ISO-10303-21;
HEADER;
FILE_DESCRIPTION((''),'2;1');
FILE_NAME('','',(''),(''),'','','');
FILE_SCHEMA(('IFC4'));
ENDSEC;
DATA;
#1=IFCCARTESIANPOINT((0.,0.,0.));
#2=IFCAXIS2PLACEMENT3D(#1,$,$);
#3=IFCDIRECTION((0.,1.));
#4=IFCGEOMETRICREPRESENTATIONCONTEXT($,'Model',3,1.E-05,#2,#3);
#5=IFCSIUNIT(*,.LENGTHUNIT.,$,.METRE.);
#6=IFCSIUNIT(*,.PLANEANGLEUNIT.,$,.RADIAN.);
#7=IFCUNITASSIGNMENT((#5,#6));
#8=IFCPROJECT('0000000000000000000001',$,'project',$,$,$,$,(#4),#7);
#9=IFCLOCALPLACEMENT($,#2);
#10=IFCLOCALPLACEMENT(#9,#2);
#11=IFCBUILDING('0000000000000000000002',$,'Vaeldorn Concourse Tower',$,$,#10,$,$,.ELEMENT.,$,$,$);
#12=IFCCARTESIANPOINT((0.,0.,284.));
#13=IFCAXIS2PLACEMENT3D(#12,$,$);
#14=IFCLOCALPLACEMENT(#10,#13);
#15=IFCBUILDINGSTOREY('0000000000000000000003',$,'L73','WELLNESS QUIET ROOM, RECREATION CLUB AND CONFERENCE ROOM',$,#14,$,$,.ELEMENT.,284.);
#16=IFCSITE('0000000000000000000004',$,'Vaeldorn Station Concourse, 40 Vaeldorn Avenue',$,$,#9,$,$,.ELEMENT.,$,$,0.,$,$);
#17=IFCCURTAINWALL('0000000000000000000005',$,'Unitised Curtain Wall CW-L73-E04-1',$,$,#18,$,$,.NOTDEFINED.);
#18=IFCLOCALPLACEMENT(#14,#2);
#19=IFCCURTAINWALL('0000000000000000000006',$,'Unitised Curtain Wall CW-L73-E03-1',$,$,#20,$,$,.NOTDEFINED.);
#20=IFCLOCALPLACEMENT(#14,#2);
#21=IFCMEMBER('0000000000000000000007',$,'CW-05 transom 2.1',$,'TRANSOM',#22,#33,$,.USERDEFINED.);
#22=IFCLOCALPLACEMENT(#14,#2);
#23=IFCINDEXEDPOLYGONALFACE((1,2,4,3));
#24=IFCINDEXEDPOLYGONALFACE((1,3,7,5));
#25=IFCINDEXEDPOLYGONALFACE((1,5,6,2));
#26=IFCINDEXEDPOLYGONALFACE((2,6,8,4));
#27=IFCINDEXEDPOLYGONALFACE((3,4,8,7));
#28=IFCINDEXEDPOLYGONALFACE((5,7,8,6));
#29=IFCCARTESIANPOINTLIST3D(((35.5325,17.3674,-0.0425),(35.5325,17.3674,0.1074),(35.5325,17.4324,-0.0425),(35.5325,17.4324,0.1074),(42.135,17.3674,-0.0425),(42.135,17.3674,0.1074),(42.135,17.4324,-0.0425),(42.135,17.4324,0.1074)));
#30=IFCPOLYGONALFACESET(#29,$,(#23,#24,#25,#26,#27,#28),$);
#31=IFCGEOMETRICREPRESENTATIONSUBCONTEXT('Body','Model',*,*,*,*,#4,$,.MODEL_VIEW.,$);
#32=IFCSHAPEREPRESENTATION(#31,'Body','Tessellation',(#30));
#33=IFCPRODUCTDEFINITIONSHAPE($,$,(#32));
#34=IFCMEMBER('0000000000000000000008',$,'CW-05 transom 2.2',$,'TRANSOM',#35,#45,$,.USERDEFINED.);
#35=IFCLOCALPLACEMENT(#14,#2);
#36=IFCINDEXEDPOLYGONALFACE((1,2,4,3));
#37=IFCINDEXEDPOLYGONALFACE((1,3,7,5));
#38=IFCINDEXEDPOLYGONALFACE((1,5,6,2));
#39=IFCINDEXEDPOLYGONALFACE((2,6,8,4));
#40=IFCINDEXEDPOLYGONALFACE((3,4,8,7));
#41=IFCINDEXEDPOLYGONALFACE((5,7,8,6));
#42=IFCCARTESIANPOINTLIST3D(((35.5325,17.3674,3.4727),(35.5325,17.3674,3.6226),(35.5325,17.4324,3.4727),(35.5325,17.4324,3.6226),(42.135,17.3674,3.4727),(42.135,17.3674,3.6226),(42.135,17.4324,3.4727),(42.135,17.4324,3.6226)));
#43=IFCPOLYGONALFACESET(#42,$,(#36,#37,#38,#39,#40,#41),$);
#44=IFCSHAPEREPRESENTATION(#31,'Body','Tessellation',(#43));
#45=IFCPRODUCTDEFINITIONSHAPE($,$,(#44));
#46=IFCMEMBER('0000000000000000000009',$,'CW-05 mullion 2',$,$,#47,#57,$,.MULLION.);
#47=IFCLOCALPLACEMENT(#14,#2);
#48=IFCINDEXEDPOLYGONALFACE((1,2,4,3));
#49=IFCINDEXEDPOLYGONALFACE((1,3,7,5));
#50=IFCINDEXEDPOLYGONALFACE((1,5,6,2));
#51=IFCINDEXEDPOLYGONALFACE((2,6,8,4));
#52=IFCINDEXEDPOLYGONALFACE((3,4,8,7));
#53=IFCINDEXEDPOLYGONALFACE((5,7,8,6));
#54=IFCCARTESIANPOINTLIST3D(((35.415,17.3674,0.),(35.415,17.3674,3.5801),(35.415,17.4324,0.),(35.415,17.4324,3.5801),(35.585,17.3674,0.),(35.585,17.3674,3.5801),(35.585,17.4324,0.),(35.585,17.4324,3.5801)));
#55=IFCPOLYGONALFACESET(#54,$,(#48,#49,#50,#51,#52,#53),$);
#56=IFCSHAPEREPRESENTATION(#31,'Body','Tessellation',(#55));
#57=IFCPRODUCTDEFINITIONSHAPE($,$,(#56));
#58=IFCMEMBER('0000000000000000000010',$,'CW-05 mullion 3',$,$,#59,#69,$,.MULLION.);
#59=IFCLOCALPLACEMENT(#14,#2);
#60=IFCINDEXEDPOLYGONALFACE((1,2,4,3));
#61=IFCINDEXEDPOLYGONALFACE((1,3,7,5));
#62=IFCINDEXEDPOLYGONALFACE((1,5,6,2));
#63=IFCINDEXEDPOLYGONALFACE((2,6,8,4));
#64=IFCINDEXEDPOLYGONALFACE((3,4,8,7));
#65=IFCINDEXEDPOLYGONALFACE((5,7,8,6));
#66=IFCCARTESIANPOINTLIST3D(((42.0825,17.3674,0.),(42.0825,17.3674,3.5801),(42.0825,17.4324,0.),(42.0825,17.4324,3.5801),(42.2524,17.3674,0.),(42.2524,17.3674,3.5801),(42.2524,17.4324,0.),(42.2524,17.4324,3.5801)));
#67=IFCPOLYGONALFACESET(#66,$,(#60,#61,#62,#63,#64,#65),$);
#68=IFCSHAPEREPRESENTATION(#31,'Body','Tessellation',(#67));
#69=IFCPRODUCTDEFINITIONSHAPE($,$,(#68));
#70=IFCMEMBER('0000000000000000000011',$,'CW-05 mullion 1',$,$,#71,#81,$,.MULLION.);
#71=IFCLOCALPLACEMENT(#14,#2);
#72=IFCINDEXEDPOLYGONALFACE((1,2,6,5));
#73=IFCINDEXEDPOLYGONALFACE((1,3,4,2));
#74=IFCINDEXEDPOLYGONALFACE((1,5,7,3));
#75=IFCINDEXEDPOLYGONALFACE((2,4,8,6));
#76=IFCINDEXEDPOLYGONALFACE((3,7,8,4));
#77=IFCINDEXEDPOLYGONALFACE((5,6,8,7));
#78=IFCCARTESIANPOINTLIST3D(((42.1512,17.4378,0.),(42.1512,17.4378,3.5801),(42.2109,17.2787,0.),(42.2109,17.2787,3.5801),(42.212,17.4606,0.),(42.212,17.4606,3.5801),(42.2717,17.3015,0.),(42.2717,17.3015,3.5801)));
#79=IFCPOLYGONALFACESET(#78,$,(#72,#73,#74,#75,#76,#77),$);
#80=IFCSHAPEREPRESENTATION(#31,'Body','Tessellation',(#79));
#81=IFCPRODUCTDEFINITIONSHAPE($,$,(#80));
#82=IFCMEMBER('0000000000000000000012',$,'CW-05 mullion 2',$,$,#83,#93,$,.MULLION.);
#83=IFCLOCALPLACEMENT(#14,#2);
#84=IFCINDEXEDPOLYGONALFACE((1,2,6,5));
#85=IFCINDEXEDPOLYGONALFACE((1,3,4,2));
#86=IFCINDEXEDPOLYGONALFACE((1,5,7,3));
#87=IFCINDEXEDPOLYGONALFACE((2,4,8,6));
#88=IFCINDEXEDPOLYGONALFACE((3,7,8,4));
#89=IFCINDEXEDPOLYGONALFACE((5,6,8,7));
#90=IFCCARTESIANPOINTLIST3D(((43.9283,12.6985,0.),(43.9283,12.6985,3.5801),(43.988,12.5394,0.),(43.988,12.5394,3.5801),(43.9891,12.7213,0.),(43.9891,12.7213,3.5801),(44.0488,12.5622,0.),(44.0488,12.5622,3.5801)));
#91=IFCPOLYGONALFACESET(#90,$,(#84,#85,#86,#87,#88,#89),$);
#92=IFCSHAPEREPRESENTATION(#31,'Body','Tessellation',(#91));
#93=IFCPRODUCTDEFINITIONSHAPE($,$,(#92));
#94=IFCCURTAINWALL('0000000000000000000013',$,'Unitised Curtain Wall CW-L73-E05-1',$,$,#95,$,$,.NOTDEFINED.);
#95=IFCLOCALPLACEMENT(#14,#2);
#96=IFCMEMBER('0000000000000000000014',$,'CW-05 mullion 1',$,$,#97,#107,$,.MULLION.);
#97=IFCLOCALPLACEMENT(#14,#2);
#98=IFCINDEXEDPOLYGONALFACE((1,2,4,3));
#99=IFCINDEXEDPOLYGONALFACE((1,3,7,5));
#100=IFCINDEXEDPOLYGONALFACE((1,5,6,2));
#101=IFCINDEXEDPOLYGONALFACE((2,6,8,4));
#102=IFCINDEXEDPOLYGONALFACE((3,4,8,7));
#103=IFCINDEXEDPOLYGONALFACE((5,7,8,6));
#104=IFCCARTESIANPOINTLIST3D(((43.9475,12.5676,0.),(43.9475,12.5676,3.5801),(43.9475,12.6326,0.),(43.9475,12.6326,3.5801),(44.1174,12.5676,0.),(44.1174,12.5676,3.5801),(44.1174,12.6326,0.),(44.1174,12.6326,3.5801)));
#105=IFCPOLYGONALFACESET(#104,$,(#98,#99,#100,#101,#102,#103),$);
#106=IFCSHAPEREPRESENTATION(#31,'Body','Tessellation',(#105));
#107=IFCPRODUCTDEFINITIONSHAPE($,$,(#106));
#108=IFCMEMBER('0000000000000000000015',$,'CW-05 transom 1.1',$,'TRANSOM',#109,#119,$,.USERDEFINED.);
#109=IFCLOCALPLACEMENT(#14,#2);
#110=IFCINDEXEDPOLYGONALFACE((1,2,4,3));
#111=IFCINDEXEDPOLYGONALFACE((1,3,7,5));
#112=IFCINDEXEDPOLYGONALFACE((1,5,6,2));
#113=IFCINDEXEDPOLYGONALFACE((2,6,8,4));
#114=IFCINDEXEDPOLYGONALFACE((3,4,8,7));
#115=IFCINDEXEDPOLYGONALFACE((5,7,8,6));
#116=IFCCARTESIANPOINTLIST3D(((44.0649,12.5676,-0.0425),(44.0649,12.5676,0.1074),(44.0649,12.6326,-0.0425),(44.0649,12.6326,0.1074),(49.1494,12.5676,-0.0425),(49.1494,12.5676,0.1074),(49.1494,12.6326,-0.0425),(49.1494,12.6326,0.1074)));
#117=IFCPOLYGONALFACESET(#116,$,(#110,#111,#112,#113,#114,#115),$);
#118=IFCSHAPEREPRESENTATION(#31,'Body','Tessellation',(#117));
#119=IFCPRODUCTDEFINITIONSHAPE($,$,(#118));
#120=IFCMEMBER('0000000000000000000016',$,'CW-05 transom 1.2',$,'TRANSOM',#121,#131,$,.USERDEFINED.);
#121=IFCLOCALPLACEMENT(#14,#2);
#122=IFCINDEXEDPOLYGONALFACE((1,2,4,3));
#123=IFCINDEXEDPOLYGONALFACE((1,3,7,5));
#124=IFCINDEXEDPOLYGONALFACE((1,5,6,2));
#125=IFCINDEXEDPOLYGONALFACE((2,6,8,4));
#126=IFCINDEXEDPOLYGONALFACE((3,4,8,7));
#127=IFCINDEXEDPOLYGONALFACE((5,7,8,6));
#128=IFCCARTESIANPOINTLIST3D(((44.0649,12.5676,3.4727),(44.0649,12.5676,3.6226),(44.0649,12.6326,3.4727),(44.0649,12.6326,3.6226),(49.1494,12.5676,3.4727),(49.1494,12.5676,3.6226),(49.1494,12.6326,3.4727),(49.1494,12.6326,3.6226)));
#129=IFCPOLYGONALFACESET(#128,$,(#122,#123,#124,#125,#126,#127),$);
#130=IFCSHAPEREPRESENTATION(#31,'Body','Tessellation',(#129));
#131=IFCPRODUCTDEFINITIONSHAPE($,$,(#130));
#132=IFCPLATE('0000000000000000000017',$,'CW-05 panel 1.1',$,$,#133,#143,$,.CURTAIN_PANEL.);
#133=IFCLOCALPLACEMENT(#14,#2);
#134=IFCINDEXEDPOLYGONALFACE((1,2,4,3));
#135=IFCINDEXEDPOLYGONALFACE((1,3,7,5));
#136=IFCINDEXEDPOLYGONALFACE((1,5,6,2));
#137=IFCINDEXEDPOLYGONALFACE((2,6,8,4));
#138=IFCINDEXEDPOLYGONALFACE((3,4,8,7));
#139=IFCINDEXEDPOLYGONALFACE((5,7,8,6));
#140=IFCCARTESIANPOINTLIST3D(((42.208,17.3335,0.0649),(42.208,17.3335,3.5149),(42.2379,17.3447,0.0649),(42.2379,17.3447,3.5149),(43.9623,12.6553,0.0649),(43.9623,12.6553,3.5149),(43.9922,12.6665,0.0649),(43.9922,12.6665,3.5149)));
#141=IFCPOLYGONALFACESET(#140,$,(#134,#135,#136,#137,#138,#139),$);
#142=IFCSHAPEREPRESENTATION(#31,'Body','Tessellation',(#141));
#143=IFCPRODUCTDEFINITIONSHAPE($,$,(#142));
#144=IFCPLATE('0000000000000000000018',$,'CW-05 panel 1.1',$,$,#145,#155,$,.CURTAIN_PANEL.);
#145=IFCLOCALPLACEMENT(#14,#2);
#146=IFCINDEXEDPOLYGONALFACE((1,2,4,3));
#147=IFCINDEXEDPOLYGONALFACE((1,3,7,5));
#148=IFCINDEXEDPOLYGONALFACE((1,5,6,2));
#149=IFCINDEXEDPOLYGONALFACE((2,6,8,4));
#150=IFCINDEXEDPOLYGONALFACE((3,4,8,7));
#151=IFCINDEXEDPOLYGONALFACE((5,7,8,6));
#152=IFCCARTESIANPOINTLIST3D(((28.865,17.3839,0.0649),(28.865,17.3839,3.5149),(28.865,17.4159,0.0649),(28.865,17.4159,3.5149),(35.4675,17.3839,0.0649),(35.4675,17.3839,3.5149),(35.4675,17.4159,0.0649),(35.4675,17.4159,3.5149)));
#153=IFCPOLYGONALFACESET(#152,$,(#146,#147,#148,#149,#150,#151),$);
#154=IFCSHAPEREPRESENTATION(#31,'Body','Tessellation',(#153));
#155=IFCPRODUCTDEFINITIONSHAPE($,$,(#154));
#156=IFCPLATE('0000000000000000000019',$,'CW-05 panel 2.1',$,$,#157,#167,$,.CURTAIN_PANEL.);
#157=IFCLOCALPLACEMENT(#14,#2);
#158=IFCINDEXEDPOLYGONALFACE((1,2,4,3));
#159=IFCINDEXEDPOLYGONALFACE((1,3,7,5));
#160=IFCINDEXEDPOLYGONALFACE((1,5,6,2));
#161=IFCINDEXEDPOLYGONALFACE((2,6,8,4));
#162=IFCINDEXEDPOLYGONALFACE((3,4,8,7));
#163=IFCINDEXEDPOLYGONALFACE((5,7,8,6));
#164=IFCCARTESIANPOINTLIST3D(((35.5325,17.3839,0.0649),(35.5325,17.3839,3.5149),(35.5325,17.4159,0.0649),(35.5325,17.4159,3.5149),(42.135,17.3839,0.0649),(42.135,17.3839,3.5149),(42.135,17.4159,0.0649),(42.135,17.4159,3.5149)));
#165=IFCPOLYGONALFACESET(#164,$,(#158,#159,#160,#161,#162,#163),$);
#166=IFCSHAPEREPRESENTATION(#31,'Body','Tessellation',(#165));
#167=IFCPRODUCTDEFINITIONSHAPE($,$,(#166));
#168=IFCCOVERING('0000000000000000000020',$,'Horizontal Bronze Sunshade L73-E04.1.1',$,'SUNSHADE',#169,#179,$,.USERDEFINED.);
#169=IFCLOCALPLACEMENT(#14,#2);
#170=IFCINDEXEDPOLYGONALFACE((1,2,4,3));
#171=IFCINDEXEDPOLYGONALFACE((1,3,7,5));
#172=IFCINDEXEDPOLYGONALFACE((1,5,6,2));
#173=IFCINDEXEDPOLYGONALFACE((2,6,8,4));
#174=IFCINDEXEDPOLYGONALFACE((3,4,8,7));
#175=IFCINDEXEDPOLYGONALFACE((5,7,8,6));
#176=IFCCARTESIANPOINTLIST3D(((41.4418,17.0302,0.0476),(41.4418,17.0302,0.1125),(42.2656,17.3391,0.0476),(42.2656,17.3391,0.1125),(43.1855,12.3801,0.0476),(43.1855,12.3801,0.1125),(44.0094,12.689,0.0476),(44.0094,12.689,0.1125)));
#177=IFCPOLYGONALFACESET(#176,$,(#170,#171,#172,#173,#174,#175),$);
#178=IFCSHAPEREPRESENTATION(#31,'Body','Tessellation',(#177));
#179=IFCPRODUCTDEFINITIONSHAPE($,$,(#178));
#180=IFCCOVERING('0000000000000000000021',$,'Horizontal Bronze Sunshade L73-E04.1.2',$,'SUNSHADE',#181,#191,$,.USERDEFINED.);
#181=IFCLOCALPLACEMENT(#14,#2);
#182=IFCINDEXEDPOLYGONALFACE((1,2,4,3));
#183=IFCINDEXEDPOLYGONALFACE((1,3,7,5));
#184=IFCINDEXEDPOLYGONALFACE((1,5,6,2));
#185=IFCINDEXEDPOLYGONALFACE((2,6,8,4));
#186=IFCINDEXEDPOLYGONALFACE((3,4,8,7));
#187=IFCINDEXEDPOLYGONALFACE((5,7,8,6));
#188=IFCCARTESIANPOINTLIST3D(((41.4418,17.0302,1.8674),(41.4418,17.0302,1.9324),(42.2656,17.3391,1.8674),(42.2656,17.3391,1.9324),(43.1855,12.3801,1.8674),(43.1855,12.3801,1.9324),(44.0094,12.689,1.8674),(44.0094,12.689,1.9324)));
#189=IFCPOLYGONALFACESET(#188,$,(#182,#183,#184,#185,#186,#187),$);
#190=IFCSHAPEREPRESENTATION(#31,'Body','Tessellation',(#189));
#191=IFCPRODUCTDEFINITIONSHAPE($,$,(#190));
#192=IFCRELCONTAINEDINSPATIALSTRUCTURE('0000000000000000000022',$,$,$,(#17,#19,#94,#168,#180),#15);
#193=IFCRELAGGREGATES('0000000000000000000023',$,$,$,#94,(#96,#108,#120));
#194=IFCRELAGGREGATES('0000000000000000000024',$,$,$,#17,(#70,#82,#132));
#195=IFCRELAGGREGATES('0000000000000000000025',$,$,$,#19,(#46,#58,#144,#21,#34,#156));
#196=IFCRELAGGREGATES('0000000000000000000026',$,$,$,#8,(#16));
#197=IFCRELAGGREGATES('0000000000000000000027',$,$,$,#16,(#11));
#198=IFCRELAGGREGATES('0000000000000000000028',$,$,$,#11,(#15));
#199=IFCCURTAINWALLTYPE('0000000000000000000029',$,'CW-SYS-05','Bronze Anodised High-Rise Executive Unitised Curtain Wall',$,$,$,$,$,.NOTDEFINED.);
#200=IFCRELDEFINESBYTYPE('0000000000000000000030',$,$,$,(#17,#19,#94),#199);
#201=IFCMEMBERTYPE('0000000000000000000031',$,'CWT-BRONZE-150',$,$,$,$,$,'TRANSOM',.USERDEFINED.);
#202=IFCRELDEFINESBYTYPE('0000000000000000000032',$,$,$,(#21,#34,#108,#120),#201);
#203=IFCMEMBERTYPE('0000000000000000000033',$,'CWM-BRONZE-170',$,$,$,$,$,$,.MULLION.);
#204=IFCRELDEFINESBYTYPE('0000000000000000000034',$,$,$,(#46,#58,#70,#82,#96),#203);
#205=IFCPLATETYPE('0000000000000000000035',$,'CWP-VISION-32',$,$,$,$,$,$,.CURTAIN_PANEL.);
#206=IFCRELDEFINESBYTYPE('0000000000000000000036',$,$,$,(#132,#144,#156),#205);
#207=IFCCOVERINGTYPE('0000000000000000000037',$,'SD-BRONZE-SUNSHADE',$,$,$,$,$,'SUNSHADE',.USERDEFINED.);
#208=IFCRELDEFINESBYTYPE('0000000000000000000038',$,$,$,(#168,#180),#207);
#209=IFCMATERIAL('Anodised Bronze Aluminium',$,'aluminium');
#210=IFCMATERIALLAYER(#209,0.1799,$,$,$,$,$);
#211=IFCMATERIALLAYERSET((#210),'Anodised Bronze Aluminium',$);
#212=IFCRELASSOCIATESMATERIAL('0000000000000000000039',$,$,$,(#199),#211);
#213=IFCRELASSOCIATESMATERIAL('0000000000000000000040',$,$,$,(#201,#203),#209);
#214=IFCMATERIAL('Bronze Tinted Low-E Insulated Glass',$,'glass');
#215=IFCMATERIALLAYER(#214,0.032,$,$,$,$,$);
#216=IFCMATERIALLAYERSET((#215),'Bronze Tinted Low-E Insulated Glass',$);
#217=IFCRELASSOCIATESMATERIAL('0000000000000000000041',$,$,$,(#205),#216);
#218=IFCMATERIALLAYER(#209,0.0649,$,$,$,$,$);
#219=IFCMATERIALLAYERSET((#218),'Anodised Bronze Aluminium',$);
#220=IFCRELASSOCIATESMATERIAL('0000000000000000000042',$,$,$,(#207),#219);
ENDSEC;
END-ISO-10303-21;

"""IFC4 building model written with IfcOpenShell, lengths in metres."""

from ifc_helpers import new_model, si_unit, direction, frame, origin, origin_2d, place, context, subcontext, project, spatial, rectangle, extrude, source, transform, mapped, material, layer, layer_set, material_profile, profile_set, type_object, element, aggregate, save


model = new_model("IFC4")

# Units and contexts
model_context = context("Model", 3, precision=1e-05, world=origin(), true_north=direction((0.0, 1.0)))
body_context = subcontext(model_context, "Body", "Model", "MODEL_VIEW")
ifc_project = project(units=[si_unit("LENGTHUNIT", "METRE"), si_unit("PLANEANGLEUNIT", "RADIAN")], contexts=[model_context])

# Site, building, storey
site_placement = place(None, origin())
site = spatial("IfcSite", under=ifc_project, at=site_placement, Name="Vaeldorn Station Concourse, 40 Vaeldorn Avenue", CompositionType="ELEMENT", RefElevation=0.0)
building_placement = place(site_placement, origin())
building = spatial("IfcBuilding", under=site, at=building_placement, Name="Vaeldorn Concourse Tower", CompositionType="ELEMENT")
storey_placement = place(building_placement, frame((0.0, 0.0, 284.0)))
storey = spatial("IfcBuildingStorey", under=building, at=storey_placement, Name="L73", Description="WELLNESS QUIET ROOM, RECREATION CLUB AND CONFERENCE ROOM", CompositionType="ELEMENT", Elevation=284.0)

# Curtain walls, members
ifc_material_1 = material(Name="Anodised Bronze Aluminium", Category="aluminium")
ifc_layer_1 = layer(ifc_material_1, 0.1799)
ifc_layer_set_1 = layer_set([ifc_layer_1], Name="Anodised Bronze Aluminium")
curtain_wall_type = type_object("IfcCurtainWallType", Name="CW-SYS-05", Description="Bronze Anodised High-Rise Executive Unitised Curtain Wall", PredefinedType="NOTDEFINED", material=ifc_layer_set_1)
curtain_wall_1_placement = place(storey_placement, origin())
curtain_wall_1 = element("IfcCurtainWall", 1, at=curtain_wall_1_placement, inside=storey, type_object=curtain_wall_type, Name="Unitised Curtain Wall CW-L73-E04-1", PredefinedType="NOTDEFINED")
ifc_material_profile_1 = material_profile(ifc_material_1, rectangle(XDim=0.0649, YDim=0.1499, at=origin_2d()), Name="CWT 65x150")
ifc_profile_set_1 = profile_set([ifc_material_profile_1], Name="Anodised Bronze Aluminium")
member_type_1 = type_object("IfcMemberType", Name="CWT-BRONZE-150", ElementType="TRANSOM", PredefinedType="USERDEFINED", material=ifc_profile_set_1)
curtain_wall_2_placement = place(storey_placement, origin())
curtain_wall_2 = element("IfcCurtainWall", 2, at=curtain_wall_2_placement, inside=storey, type_object=curtain_wall_type, Name="Unitised Curtain Wall CW-L73-E03-1", PredefinedType="NOTDEFINED")
shared_shape_1 = source(origin(), body_context, "Body", "SweptSolid", [
    extrude(rectangle(XDim=0.0649, YDim=0.1499, at=origin_2d()), origin(), (0.0, 0.0, 1.0), 6.6025),
])
member_1_placement = place(storey_placement, frame((35.5325, 17.3999, 0.0325), z_axis=(1.0, 0.0, 0.0), x_axis=(0.0, 1.0, 0.0)))
member_1 = element("IfcMember", 3, at=member_1_placement, type_object=member_type_1, Name="CW-05 transom 2.1", ObjectType="TRANSOM", PredefinedType="USERDEFINED", context=body_context, shape_type="MappedRepresentation", body=[
    mapped(shared_shape_1, transform((0.0, 0.0, 0.0), scale=1.0)),
])
member_2_placement = place(storey_placement, frame((35.5325, 17.3999, 3.5476), z_axis=(1.0, 0.0, 0.0), x_axis=(0.0, 1.0, 0.0)))
member_2 = element("IfcMember", 4, at=member_2_placement, type_object=member_type_1, Name="CW-05 transom 2.2", ObjectType="TRANSOM", PredefinedType="USERDEFINED", context=body_context, shape_type="MappedRepresentation", body=[
    mapped(shared_shape_1, transform((0.0, 0.0, 0.0), scale=1.0)),
])
ifc_material_profile_2 = material_profile(ifc_material_1, rectangle(XDim=0.0649, YDim=0.1699, at=origin_2d()), Name="CWM 65x170")
ifc_profile_set_2 = profile_set([ifc_material_profile_2], Name="Anodised Bronze Aluminium")
member_type_2 = type_object("IfcMemberType", Name="CWM-BRONZE-170", PredefinedType="MULLION", material=ifc_profile_set_2)
shared_shape_2 = source(origin(), body_context, "Body", "SweptSolid", [
    extrude(rectangle(XDim=0.0649, YDim=0.1699, at=origin_2d()), origin(), (0.0, 0.0, 1.0), 3.5801),
])
member_3_placement = place(storey_placement, frame((35.5, 17.3999, 0.0), z_axis=(0.0, 0.0, 1.0), x_axis=(0.0, 1.0, 0.0)))
member_3 = element("IfcMember", 5, at=member_3_placement, type_object=member_type_2, Name="CW-05 mullion 2", PredefinedType="MULLION", context=body_context, shape_type="MappedRepresentation", body=[
    mapped(shared_shape_2, transform((0.0, 0.0, 0.0), scale=1.0)),
])
member_4_placement = place(storey_placement, frame((42.1675, 17.3999, 0.0), z_axis=(0.0, 0.0, 1.0), x_axis=(0.0, 1.0, 0.0)))
member_4 = element("IfcMember", 6, at=member_4_placement, type_object=member_type_2, Name="CW-05 mullion 3", PredefinedType="MULLION", context=body_context, shape_type="MappedRepresentation", body=[
    mapped(shared_shape_2, transform((0.0, 0.0, 0.0), scale=1.0)),
])

# Members
member_5_placement = place(storey_placement, frame((42.2114, 17.3696, 0.0), z_axis=(0.0, 0.0, 1.0), x_axis=(0.936329, 0.351123, 0.0)))
member_5 = element("IfcMember", 7, at=member_5_placement, type_object=member_type_2, Name="CW-05 mullion 1", PredefinedType="MULLION", context=body_context, shape_type="MappedRepresentation", body=[
    mapped(shared_shape_2, transform((0.0, 0.0, 0.0), scale=1.0)),
])
member_6_placement = place(storey_placement, frame((43.9885, 12.6304, 0.0), z_axis=(0.0, 0.0, 1.0), x_axis=(0.936329, 0.351123, 0.0)))
member_6 = element("IfcMember", 8, at=member_6_placement, type_object=member_type_2, Name="CW-05 mullion 2", PredefinedType="MULLION", context=body_context, shape_type="MappedRepresentation", body=[
    mapped(shared_shape_2, transform((0.0, 0.0, 0.0), scale=1.0)),
])

# Curtain wall, members
curtain_wall_3_placement = place(storey_placement, origin())
curtain_wall_3 = element("IfcCurtainWall", 9, at=curtain_wall_3_placement, inside=storey, type_object=curtain_wall_type, Name="Unitised Curtain Wall CW-L73-E05-1", PredefinedType="NOTDEFINED")
member_7_placement = place(storey_placement, frame((44.0325, 12.6001, 0.0), z_axis=(0.0, 0.0, 1.0), x_axis=(0.0, 1.0, 0.0)))
member_7 = element("IfcMember", 10, at=member_7_placement, type_object=member_type_2, Name="CW-05 mullion 1", PredefinedType="MULLION", context=body_context, shape_type="MappedRepresentation", body=[
    mapped(shared_shape_2, transform((0.0, 0.0, 0.0), scale=1.0)),
])
shared_shape_3 = source(origin(), body_context, "Body", "SweptSolid", [
    extrude(rectangle(XDim=0.0649, YDim=0.1499, at=origin_2d()), origin(), (0.0, 0.0, 1.0), 5.0845),
])
member_8_placement = place(storey_placement, frame((44.0649, 12.6001, 0.0325), z_axis=(1.0, 0.0, 0.0), x_axis=(0.0, 1.0, 0.0)))
member_8 = element("IfcMember", 11, at=member_8_placement, type_object=member_type_1, Name="CW-05 transom 1.1", ObjectType="TRANSOM", PredefinedType="USERDEFINED", context=body_context, shape_type="MappedRepresentation", body=[
    mapped(shared_shape_3, transform((0.0, 0.0, 0.0), scale=1.0)),
])
member_9_placement = place(storey_placement, frame((44.0649, 12.6001, 3.5476), z_axis=(1.0, 0.0, 0.0), x_axis=(0.0, 1.0, 0.0)))
member_9 = element("IfcMember", 12, at=member_9_placement, type_object=member_type_1, Name="CW-05 transom 1.2", ObjectType="TRANSOM", PredefinedType="USERDEFINED", context=body_context, shape_type="MappedRepresentation", body=[
    mapped(shared_shape_3, transform((0.0, 0.0, 0.0), scale=1.0)),
])
aggregate(curtain_wall_3, [member_7, member_8, member_9])

# Plates
ifc_material_2 = material(Name="Bronze Tinted Low-E Insulated Glass", Category="glass")
ifc_layer_2 = layer(ifc_material_2, 0.032)
ifc_layer_set_2 = layer_set([ifc_layer_2], Name="Bronze Tinted Low-E Insulated Glass")
plate_type = type_object("IfcPlateType", Name="CWP-VISION-32", PredefinedType="CURTAIN_PANEL", material=ifc_layer_set_2)
shared_shape_4 = source(origin(), body_context, "Body", "SweptSolid", [
    extrude(rectangle(XDim=4.9963, YDim=0.032, at=origin_2d()), origin(), (0.0, 0.0, 1.0), 3.45),
])
plate_1_placement = place(storey_placement, frame((43.1001, 15.0, 0.0649), z_axis=(0.0, 0.0, 1.0), x_axis=(0.351123, -0.936329, 0.0)))
plate_1 = element("IfcPlate", 13, at=plate_1_placement, type_object=plate_type, Name="CW-05 panel 1.1", PredefinedType="CURTAIN_PANEL", context=body_context, shape_type="MappedRepresentation", body=[
    mapped(shared_shape_4, transform((0.0, 0.0, 0.0), scale=1.0)),
])
aggregate(curtain_wall_1, [member_5, member_6, plate_1])
shared_shape_5 = source(origin(), body_context, "Body", "SweptSolid", [
    extrude(rectangle(XDim=6.6025, YDim=0.032, at=origin_2d()), origin(), (0.0, 0.0, 1.0), 3.45),
])
plate_2_placement = place(storey_placement, frame((32.1663, 17.3999, 0.0649), z_axis=(0.0, 0.0, 1.0), x_axis=(1.0, 0.0, 0.0)))
plate_2 = element("IfcPlate", 14, at=plate_2_placement, type_object=plate_type, Name="CW-05 panel 1.1", PredefinedType="CURTAIN_PANEL", context=body_context, shape_type="MappedRepresentation", body=[
    mapped(shared_shape_5, transform((0.0, 0.0, 0.0), scale=1.0)),
])
plate_3_placement = place(storey_placement, frame((38.8337, 17.3999, 0.0649), z_axis=(0.0, 0.0, 1.0), x_axis=(1.0, 0.0, 0.0)))
plate_3 = element("IfcPlate", 15, at=plate_3_placement, type_object=plate_type, Name="CW-05 panel 2.1", PredefinedType="CURTAIN_PANEL", context=body_context, shape_type="MappedRepresentation", body=[
    mapped(shared_shape_5, transform((0.0, 0.0, 0.0), scale=1.0)),
])
aggregate(curtain_wall_2, [member_3, member_4, plate_2, member_1, member_2, plate_3])

# Coverings
ifc_layer_3 = layer(ifc_material_1, 0.0649)
ifc_layer_set_3 = layer_set([ifc_layer_3], Name="Anodised Bronze Aluminium")
covering_type = type_object("IfcCoveringType", Name="SD-BRONZE-SUNSHADE", ElementType="SUNSHADE", PredefinedType="USERDEFINED", material=ifc_layer_set_3)
shared_shape_6 = source(origin(), body_context, "Body", "SweptSolid", [
    extrude(rectangle(XDim=4.9663, YDim=0.8799, at=origin_2d()), origin(), (0.0, 0.0, 1.0), 0.0649),
])
for number, where, z_axis, x_axis, name in (
    (16, (42.7256, 14.8596, 0.0476), (0.0, 0.0, 1.0), (0.351123, -0.936329, 0.0), "Horizontal Bronze Sunshade L73-E04.1.1"),
    (17, (42.7256, 14.8596, 1.8674), (0.0, 0.0, 1.0), (0.351123, -0.936329, 0.0), "Horizontal Bronze Sunshade L73-E04.1.2"),
):
    element("IfcCovering", number, at=place(storey_placement, frame(where, z_axis=z_axis, x_axis=x_axis)), inside=storey, type_object=covering_type, Name=name, ObjectType="SUNSHADE", PredefinedType="USERDEFINED", context=body_context, shape_type="MappedRepresentation", body=[
        mapped(shared_shape_6, transform((0.0, 0.0, 0.0), scale=1.0)),
    ])

save(model, "model.ifc")
